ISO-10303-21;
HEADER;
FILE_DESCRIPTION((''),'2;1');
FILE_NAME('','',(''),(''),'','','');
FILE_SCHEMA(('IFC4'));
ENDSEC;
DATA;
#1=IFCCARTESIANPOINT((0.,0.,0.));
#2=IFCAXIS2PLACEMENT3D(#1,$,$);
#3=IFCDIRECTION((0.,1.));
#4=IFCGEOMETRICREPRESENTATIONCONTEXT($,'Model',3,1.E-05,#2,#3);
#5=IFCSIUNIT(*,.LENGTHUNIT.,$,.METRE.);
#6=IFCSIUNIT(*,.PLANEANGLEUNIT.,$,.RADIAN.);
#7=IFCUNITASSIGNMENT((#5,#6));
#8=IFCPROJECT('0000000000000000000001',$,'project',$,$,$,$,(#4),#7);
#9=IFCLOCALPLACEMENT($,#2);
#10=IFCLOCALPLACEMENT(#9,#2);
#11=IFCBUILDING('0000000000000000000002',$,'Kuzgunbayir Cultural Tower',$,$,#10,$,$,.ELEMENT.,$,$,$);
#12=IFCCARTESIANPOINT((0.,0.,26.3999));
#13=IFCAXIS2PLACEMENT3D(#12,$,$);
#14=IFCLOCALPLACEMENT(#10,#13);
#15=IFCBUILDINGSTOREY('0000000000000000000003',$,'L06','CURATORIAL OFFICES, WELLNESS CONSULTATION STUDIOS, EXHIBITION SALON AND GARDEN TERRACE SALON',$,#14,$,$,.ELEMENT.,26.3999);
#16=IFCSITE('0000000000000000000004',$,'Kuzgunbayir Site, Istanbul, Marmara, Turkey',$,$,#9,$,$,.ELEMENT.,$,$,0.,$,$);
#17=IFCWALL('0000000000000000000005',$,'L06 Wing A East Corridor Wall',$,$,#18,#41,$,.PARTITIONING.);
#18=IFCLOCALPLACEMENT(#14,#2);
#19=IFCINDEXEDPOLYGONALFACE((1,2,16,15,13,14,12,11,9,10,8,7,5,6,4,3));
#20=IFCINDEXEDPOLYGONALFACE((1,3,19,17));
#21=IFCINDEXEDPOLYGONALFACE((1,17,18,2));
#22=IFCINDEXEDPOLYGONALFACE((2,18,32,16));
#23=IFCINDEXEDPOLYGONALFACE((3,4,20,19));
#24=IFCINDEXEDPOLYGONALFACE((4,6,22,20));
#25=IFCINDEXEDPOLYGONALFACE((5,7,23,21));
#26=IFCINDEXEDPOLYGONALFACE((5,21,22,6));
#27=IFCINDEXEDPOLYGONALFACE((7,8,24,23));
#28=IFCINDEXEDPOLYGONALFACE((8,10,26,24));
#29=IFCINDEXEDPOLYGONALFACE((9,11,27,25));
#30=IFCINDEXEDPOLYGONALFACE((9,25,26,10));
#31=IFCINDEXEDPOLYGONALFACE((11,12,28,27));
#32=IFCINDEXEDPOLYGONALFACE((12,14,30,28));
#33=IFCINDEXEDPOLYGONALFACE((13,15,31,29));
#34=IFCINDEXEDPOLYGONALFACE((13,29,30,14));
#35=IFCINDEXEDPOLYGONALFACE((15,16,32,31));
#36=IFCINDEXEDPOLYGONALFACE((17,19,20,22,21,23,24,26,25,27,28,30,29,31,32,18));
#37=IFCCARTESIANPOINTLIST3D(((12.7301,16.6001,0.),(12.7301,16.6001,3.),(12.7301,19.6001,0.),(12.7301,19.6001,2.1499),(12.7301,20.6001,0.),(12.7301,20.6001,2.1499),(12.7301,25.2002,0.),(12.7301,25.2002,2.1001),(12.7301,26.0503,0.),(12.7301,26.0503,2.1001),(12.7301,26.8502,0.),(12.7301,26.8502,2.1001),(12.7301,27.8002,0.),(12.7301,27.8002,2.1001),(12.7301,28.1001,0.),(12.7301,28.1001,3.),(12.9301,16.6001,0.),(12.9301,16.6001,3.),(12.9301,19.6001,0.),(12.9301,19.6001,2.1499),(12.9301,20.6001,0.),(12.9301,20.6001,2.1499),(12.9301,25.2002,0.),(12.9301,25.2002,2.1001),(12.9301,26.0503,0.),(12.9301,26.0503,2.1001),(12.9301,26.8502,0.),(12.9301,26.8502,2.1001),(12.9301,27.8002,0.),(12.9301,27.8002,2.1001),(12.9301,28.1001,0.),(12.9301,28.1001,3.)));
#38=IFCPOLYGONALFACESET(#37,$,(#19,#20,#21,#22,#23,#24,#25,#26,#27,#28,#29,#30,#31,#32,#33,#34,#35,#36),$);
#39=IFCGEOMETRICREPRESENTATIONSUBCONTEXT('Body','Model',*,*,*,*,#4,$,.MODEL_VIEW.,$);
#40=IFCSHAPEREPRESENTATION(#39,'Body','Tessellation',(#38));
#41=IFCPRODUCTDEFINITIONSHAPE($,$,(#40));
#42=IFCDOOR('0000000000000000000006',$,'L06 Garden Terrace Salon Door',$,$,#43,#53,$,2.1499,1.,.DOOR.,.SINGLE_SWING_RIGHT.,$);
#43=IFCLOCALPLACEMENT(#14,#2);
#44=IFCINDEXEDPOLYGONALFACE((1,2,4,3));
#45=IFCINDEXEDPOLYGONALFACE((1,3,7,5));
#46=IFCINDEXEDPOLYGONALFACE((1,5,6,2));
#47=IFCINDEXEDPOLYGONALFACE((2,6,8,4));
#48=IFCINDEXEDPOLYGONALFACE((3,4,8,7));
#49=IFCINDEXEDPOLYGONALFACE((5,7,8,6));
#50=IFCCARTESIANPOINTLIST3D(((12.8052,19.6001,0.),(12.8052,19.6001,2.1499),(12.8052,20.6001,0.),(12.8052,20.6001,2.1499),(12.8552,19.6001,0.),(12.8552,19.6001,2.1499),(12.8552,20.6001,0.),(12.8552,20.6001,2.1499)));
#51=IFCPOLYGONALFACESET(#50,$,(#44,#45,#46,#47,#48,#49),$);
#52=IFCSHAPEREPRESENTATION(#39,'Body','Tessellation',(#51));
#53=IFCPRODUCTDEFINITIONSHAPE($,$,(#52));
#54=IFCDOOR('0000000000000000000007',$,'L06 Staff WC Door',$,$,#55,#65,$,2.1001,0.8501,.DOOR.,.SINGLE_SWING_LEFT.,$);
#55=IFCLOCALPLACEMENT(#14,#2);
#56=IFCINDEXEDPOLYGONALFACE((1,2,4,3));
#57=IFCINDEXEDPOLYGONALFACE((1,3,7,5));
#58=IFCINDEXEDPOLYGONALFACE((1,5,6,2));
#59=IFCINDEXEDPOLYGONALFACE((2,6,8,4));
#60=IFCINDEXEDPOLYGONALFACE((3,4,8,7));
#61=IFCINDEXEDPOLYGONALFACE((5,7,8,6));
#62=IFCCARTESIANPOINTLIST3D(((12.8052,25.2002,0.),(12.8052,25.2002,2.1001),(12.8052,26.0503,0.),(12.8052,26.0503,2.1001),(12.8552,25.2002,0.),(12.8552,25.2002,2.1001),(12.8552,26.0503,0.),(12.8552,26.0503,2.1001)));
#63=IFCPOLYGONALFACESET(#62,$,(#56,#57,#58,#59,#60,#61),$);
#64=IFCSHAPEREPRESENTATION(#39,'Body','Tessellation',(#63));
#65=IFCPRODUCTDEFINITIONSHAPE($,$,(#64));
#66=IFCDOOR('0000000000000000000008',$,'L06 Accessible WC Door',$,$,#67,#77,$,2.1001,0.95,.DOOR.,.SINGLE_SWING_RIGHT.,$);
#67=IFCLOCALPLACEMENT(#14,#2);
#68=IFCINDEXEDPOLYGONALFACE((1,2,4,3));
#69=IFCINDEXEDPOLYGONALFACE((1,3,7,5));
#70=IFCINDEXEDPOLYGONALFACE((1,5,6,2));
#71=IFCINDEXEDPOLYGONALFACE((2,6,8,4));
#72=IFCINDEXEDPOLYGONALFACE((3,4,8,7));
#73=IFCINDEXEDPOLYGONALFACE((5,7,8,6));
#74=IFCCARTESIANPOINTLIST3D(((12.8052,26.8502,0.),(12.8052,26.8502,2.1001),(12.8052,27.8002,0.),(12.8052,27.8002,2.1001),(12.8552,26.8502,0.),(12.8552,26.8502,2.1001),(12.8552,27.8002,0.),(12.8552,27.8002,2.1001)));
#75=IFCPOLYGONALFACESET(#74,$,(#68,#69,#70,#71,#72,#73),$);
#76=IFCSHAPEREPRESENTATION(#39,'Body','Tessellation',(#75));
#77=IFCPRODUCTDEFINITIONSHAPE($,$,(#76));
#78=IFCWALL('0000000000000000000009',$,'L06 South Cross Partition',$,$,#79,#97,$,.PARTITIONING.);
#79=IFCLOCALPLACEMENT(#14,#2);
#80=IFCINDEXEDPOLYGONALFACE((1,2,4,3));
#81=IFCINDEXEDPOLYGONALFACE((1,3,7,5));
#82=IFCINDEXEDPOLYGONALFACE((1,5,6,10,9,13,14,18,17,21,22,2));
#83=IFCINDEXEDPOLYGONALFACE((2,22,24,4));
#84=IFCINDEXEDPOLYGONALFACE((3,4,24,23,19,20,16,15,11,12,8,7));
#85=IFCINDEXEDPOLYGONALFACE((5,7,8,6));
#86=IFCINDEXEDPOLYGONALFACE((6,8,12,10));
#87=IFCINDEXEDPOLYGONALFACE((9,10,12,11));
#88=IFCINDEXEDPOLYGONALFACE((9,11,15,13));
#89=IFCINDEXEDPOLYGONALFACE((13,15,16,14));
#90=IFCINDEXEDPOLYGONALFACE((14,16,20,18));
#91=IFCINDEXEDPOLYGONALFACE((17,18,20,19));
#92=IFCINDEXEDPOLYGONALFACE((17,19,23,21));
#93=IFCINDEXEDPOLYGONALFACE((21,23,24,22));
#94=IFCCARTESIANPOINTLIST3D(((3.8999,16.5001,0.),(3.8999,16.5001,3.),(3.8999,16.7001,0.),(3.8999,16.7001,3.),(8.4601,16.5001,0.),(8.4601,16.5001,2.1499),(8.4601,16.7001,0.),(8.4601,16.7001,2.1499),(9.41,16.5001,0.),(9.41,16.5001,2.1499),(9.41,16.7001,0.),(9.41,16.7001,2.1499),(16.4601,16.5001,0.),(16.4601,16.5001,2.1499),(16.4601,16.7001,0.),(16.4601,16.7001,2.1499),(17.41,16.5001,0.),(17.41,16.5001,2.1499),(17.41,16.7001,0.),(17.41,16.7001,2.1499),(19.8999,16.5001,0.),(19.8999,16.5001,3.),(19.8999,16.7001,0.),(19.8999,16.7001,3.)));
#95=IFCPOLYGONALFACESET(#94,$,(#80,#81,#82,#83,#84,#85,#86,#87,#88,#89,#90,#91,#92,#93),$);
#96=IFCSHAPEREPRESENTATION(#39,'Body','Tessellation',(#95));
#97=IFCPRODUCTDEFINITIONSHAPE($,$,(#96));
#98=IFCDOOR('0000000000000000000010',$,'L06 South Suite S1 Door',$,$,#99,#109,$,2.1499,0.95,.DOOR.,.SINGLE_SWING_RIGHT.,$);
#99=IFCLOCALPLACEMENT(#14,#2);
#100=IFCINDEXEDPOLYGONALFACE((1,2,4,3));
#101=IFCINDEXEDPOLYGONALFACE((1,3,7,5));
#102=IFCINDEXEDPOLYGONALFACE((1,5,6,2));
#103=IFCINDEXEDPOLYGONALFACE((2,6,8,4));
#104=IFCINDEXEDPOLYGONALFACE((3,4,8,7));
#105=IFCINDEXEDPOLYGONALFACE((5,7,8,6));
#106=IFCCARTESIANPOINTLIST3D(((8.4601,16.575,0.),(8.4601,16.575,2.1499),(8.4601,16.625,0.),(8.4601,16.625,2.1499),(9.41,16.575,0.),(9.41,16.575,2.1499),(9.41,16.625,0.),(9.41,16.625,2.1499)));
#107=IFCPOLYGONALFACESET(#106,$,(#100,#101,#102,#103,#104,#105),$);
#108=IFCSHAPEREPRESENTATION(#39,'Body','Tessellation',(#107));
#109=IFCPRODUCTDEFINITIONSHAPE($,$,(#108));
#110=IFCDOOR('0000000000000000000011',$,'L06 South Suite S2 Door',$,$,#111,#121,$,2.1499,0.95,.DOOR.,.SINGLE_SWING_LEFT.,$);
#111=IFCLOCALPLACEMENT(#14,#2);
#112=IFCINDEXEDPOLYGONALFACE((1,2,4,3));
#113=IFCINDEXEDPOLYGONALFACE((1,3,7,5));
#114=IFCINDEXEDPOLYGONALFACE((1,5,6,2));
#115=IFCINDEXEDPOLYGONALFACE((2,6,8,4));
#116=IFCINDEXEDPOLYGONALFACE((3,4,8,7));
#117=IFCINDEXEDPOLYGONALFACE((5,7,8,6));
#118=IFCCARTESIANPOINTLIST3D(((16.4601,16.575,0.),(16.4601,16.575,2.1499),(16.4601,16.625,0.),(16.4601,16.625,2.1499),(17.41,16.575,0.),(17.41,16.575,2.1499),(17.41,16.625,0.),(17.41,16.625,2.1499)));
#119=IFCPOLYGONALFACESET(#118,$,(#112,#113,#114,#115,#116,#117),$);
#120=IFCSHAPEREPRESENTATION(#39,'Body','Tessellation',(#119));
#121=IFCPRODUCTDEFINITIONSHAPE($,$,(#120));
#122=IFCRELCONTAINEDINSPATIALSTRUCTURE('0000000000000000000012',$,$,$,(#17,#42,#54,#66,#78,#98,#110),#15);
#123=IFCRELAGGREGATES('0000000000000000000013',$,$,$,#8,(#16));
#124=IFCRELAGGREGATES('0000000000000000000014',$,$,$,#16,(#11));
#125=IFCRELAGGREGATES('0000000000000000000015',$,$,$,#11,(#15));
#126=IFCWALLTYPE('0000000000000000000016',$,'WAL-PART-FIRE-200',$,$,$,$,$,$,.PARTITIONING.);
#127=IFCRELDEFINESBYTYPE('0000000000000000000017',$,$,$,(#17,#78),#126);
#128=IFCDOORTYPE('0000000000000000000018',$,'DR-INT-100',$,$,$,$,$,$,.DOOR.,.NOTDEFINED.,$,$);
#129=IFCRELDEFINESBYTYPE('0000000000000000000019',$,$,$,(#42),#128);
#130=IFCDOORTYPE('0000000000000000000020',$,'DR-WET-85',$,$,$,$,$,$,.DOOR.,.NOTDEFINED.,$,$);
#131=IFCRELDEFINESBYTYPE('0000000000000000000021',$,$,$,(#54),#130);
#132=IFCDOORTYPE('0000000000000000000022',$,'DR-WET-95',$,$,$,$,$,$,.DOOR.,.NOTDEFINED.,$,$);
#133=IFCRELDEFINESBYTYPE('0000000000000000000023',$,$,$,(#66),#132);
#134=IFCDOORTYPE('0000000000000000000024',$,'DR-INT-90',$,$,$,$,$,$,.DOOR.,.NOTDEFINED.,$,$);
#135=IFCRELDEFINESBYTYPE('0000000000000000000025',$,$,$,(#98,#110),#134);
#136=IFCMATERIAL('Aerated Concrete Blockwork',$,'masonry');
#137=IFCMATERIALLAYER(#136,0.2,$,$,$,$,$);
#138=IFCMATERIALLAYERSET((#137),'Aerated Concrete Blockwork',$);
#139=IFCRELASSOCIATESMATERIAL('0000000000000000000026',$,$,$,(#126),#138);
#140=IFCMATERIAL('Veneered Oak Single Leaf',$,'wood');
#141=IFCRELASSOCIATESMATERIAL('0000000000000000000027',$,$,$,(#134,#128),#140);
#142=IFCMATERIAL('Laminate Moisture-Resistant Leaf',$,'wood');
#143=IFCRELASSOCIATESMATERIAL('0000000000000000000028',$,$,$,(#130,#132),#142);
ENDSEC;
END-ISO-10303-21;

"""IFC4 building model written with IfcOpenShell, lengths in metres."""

from ifc_helpers import new_model, si_unit, direction, frame, frame_2d, origin, place, context, subcontext, project, spatial, rectangle, extrude, material, layer, layer_set, type_object, element, fill, save


model = new_model("IFC4")

# Units and contexts
model_context = context("Model", 3, precision=1e-05, world=origin(), true_north=direction((0.0, 1.0)))
body_context = subcontext(model_context, "Body", "Model", "MODEL_VIEW")
ifc_project = project(units=[si_unit("LENGTHUNIT", "METRE"), si_unit("PLANEANGLEUNIT", "RADIAN")], contexts=[model_context])

# Site, building, storey
site_placement = place(None, origin())
site = spatial("IfcSite", under=ifc_project, at=site_placement, Name="Kuzgunbayir Site, Istanbul, Marmara, Turkey", CompositionType="ELEMENT", RefElevation=0.0)
building_placement = place(site_placement, origin())
building = spatial("IfcBuilding", under=site, at=building_placement, Name="Kuzgunbayir Cultural Tower", CompositionType="ELEMENT")
storey_placement = place(building_placement, frame((0.0, 0.0, 26.3999)))
storey = spatial("IfcBuildingStorey", under=building, at=storey_placement, Name="L06", Description="CURATORIAL OFFICES, WELLNESS CONSULTATION STUDIOS, EXHIBITION SALON AND GARDEN TERRACE SALON", CompositionType="ELEMENT", Elevation=26.3999)

# Walls, openings, doors
ifc_material_1 = material(Name="Aerated Concrete Blockwork", Category="masonry")
ifc_layer_1 = layer(ifc_material_1, 0.2)
ifc_layer_set_1 = layer_set([ifc_layer_1], Name="Aerated Concrete Blockwork")
wall_type_1 = type_object("IfcWallType", Name="WAL-PART-FIRE-200", PredefinedType="PARTITIONING", material=ifc_layer_set_1)
ifc_material_2 = material(Name="Veneered Oak Single Leaf", Category="wood")
door_type_1 = type_object("IfcDoorType", Name="DR-INT-90", OperationType="NOTDEFINED", PredefinedType="DOOR", material=ifc_material_2)
wall_1_placement = place(storey_placement, frame((12.8301, 16.6001, 0.0), z_axis=(0.0, 0.0, 1.0), x_axis=(0.0, 1.0, 0.0)))
wall_1 = element("IfcWall", 1, at=wall_1_placement, inside=storey, type_object=wall_type_1, Name="L06 Wing A East Corridor Wall", PredefinedType="PARTITIONING", context=body_context, shape_type="SweptSolid", body=[
    extrude(rectangle(XDim=11.5, YDim=0.2, at=frame_2d((5.75, 0.0))), origin(), (0.0, 0.0, 1.0), 3.0),
])
opening_1_placement = place(wall_1_placement, frame((3.0, 0.0, 0.0)))
opening_1 = element("IfcOpeningElement", 2, at=opening_1_placement, cuts=wall_1, PredefinedType="OPENING", context=body_context, shape_type="SweptSolid", body=[
    extrude(rectangle(XDim=1.0, YDim=2.1499, at=frame_2d((0.5, 1.075))), frame((0.0, 0.1099, 0.0), z_axis=(0.0, -1.0, 0.0), x_axis=(1.0, 0.0, 0.0)), (0.0, 0.0, 1.0), 0.22),
])
opening_2_placement = place(wall_1_placement, frame((8.6001, 0.0, 0.0)))
opening_2 = element("IfcOpeningElement", 3, at=opening_2_placement, cuts=wall_1, PredefinedType="OPENING", context=body_context, shape_type="SweptSolid", body=[
    extrude(rectangle(XDim=0.8501, YDim=2.1001, at=frame_2d((0.425, 1.05))), frame((0.0, 0.1099, 0.0), z_axis=(0.0, -1.0, 0.0), x_axis=(1.0, 0.0, 0.0)), (0.0, 0.0, 1.0), 0.22),
])
opening_3_placement = place(wall_1_placement, frame((10.25, 0.0, 0.0)))
opening_3 = element("IfcOpeningElement", 4, at=opening_3_placement, cuts=wall_1, PredefinedType="OPENING", context=body_context, shape_type="SweptSolid", body=[
    extrude(rectangle(XDim=0.95, YDim=2.1001, at=frame_2d((0.4751, 1.05))), frame((0.0, 0.1099, 0.0), z_axis=(0.0, -1.0, 0.0), x_axis=(1.0, 0.0, 0.0)), (0.0, 0.0, 1.0), 0.22),
])
door_type_2 = type_object("IfcDoorType", Name="DR-INT-100", OperationType="NOTDEFINED", PredefinedType="DOOR", material=ifc_material_2)
door_1_placement = place(opening_1_placement, origin())
door_1 = element("IfcDoor", 5, at=door_1_placement, inside=storey, type_object=door_type_2, Name="L06 Garden Terrace Salon Door", OperationType="SINGLE_SWING_RIGHT", OverallHeight=2.1499, OverallWidth=1.0, PredefinedType="DOOR", context=body_context, shape_type="SweptSolid", body=[
    extrude(rectangle(XDim=1.0, YDim=2.1499, at=frame_2d((0.5, 1.075))), frame((0.0, 0.0249, 0.0), z_axis=(0.0, -1.0, 0.0), x_axis=(1.0, 0.0, 0.0)), (0.0, 0.0, 1.0), 0.05),
])
fill(opening_1, door_1)
ifc_material_3 = material(Name="Laminate Moisture-Resistant Leaf", Category="wood")
door_type_3 = type_object("IfcDoorType", Name="DR-WET-85", OperationType="NOTDEFINED", PredefinedType="DOOR", material=ifc_material_3)
door_2_placement = place(opening_2_placement, origin())
door_2 = element("IfcDoor", 6, at=door_2_placement, inside=storey, type_object=door_type_3, Name="L06 Staff WC Door", OperationType="SINGLE_SWING_LEFT", OverallHeight=2.1001, OverallWidth=0.8501, PredefinedType="DOOR", context=body_context, shape_type="SweptSolid", body=[
    extrude(rectangle(XDim=0.8501, YDim=2.1001, at=frame_2d((0.425, 1.05))), frame((0.0, 0.0249, 0.0), z_axis=(0.0, -1.0, 0.0), x_axis=(1.0, 0.0, 0.0)), (0.0, 0.0, 1.0), 0.05),
])
fill(opening_2, door_2)
door_type_4 = type_object("IfcDoorType", Name="DR-WET-95", OperationType="NOTDEFINED", PredefinedType="DOOR", material=ifc_material_3)
door_3_placement = place(opening_3_placement, origin())
door_3 = element("IfcDoor", 7, at=door_3_placement, inside=storey, type_object=door_type_4, Name="L06 Accessible WC Door", OperationType="SINGLE_SWING_RIGHT", OverallHeight=2.1001, OverallWidth=0.95, PredefinedType="DOOR", context=body_context, shape_type="SweptSolid", body=[
    extrude(rectangle(XDim=0.95, YDim=2.1001, at=frame_2d((0.4751, 1.05))), frame((0.0, 0.0249, 0.0), z_axis=(0.0, -1.0, 0.0), x_axis=(1.0, 0.0, 0.0)), (0.0, 0.0, 1.0), 0.05),
])
fill(opening_3, door_3)
wall_2_placement = place(storey_placement, frame((3.8999, 16.6001, 0.0), z_axis=(0.0, 0.0, 1.0), x_axis=(1.0, 0.0, 0.0)))
wall_2 = element("IfcWall", 8, at=wall_2_placement, inside=storey, type_object=wall_type_1, Name="L06 South Cross Partition", PredefinedType="PARTITIONING", context=body_context, shape_type="SweptSolid", body=[
    extrude(rectangle(XDim=16.0, YDim=0.2, at=frame_2d((8.0, 0.0))), origin(), (0.0, 0.0, 1.0), 3.0),
])
opening_4_placement = place(wall_2_placement, frame((4.5601, 0.0, 0.0)))
opening_4 = element("IfcOpeningElement", 9, at=opening_4_placement, cuts=wall_2, PredefinedType="OPENING", context=body_context, shape_type="SweptSolid", body=[
    extrude(rectangle(XDim=0.95, YDim=2.1499, at=frame_2d((0.4751, 1.075))), frame((0.0, 0.1099, 0.0), z_axis=(0.0, -1.0, 0.0), x_axis=(1.0, 0.0, 0.0)), (0.0, 0.0, 1.0), 0.22),
])
opening_5_placement = place(wall_2_placement, frame((12.5601, 0.0, 0.0)))
opening_5 = element("IfcOpeningElement", 10, at=opening_5_placement, cuts=wall_2, PredefinedType="OPENING", context=body_context, shape_type="SweptSolid", body=[
    extrude(rectangle(XDim=0.95, YDim=2.1499, at=frame_2d((0.4751, 1.075))), frame((0.0, 0.1099, 0.0), z_axis=(0.0, -1.0, 0.0), x_axis=(1.0, 0.0, 0.0)), (0.0, 0.0, 1.0), 0.22),
])
door_4_placement = place(opening_4_placement, origin())
door_4 = element("IfcDoor", 11, at=door_4_placement, inside=storey, type_object=door_type_1, Name="L06 South Suite S1 Door", OperationType="SINGLE_SWING_RIGHT", OverallHeight=2.1499, OverallWidth=0.95, PredefinedType="DOOR", context=body_context, shape_type="SweptSolid", body=[
    extrude(rectangle(XDim=0.95, YDim=2.1499, at=frame_2d((0.4751, 1.075))), frame((0.0, 0.0249, 0.0), z_axis=(0.0, -1.0, 0.0), x_axis=(1.0, 0.0, 0.0)), (0.0, 0.0, 1.0), 0.05),
])
fill(opening_4, door_4)
door_5_placement = place(opening_5_placement, origin())
door_5 = element("IfcDoor", 12, at=door_5_placement, inside=storey, type_object=door_type_1, Name="L06 South Suite S2 Door", OperationType="SINGLE_SWING_LEFT", OverallHeight=2.1499, OverallWidth=0.95, PredefinedType="DOOR", context=body_context, shape_type="SweptSolid", body=[
    extrude(rectangle(XDim=0.95, YDim=2.1499, at=frame_2d((0.4751, 1.075))), frame((0.0, 0.0249, 0.0), z_axis=(0.0, -1.0, 0.0), x_axis=(1.0, 0.0, 0.0)), (0.0, 0.0, 1.0), 0.05),
])
fill(opening_5, door_5)

save(model, "model.ifc")
